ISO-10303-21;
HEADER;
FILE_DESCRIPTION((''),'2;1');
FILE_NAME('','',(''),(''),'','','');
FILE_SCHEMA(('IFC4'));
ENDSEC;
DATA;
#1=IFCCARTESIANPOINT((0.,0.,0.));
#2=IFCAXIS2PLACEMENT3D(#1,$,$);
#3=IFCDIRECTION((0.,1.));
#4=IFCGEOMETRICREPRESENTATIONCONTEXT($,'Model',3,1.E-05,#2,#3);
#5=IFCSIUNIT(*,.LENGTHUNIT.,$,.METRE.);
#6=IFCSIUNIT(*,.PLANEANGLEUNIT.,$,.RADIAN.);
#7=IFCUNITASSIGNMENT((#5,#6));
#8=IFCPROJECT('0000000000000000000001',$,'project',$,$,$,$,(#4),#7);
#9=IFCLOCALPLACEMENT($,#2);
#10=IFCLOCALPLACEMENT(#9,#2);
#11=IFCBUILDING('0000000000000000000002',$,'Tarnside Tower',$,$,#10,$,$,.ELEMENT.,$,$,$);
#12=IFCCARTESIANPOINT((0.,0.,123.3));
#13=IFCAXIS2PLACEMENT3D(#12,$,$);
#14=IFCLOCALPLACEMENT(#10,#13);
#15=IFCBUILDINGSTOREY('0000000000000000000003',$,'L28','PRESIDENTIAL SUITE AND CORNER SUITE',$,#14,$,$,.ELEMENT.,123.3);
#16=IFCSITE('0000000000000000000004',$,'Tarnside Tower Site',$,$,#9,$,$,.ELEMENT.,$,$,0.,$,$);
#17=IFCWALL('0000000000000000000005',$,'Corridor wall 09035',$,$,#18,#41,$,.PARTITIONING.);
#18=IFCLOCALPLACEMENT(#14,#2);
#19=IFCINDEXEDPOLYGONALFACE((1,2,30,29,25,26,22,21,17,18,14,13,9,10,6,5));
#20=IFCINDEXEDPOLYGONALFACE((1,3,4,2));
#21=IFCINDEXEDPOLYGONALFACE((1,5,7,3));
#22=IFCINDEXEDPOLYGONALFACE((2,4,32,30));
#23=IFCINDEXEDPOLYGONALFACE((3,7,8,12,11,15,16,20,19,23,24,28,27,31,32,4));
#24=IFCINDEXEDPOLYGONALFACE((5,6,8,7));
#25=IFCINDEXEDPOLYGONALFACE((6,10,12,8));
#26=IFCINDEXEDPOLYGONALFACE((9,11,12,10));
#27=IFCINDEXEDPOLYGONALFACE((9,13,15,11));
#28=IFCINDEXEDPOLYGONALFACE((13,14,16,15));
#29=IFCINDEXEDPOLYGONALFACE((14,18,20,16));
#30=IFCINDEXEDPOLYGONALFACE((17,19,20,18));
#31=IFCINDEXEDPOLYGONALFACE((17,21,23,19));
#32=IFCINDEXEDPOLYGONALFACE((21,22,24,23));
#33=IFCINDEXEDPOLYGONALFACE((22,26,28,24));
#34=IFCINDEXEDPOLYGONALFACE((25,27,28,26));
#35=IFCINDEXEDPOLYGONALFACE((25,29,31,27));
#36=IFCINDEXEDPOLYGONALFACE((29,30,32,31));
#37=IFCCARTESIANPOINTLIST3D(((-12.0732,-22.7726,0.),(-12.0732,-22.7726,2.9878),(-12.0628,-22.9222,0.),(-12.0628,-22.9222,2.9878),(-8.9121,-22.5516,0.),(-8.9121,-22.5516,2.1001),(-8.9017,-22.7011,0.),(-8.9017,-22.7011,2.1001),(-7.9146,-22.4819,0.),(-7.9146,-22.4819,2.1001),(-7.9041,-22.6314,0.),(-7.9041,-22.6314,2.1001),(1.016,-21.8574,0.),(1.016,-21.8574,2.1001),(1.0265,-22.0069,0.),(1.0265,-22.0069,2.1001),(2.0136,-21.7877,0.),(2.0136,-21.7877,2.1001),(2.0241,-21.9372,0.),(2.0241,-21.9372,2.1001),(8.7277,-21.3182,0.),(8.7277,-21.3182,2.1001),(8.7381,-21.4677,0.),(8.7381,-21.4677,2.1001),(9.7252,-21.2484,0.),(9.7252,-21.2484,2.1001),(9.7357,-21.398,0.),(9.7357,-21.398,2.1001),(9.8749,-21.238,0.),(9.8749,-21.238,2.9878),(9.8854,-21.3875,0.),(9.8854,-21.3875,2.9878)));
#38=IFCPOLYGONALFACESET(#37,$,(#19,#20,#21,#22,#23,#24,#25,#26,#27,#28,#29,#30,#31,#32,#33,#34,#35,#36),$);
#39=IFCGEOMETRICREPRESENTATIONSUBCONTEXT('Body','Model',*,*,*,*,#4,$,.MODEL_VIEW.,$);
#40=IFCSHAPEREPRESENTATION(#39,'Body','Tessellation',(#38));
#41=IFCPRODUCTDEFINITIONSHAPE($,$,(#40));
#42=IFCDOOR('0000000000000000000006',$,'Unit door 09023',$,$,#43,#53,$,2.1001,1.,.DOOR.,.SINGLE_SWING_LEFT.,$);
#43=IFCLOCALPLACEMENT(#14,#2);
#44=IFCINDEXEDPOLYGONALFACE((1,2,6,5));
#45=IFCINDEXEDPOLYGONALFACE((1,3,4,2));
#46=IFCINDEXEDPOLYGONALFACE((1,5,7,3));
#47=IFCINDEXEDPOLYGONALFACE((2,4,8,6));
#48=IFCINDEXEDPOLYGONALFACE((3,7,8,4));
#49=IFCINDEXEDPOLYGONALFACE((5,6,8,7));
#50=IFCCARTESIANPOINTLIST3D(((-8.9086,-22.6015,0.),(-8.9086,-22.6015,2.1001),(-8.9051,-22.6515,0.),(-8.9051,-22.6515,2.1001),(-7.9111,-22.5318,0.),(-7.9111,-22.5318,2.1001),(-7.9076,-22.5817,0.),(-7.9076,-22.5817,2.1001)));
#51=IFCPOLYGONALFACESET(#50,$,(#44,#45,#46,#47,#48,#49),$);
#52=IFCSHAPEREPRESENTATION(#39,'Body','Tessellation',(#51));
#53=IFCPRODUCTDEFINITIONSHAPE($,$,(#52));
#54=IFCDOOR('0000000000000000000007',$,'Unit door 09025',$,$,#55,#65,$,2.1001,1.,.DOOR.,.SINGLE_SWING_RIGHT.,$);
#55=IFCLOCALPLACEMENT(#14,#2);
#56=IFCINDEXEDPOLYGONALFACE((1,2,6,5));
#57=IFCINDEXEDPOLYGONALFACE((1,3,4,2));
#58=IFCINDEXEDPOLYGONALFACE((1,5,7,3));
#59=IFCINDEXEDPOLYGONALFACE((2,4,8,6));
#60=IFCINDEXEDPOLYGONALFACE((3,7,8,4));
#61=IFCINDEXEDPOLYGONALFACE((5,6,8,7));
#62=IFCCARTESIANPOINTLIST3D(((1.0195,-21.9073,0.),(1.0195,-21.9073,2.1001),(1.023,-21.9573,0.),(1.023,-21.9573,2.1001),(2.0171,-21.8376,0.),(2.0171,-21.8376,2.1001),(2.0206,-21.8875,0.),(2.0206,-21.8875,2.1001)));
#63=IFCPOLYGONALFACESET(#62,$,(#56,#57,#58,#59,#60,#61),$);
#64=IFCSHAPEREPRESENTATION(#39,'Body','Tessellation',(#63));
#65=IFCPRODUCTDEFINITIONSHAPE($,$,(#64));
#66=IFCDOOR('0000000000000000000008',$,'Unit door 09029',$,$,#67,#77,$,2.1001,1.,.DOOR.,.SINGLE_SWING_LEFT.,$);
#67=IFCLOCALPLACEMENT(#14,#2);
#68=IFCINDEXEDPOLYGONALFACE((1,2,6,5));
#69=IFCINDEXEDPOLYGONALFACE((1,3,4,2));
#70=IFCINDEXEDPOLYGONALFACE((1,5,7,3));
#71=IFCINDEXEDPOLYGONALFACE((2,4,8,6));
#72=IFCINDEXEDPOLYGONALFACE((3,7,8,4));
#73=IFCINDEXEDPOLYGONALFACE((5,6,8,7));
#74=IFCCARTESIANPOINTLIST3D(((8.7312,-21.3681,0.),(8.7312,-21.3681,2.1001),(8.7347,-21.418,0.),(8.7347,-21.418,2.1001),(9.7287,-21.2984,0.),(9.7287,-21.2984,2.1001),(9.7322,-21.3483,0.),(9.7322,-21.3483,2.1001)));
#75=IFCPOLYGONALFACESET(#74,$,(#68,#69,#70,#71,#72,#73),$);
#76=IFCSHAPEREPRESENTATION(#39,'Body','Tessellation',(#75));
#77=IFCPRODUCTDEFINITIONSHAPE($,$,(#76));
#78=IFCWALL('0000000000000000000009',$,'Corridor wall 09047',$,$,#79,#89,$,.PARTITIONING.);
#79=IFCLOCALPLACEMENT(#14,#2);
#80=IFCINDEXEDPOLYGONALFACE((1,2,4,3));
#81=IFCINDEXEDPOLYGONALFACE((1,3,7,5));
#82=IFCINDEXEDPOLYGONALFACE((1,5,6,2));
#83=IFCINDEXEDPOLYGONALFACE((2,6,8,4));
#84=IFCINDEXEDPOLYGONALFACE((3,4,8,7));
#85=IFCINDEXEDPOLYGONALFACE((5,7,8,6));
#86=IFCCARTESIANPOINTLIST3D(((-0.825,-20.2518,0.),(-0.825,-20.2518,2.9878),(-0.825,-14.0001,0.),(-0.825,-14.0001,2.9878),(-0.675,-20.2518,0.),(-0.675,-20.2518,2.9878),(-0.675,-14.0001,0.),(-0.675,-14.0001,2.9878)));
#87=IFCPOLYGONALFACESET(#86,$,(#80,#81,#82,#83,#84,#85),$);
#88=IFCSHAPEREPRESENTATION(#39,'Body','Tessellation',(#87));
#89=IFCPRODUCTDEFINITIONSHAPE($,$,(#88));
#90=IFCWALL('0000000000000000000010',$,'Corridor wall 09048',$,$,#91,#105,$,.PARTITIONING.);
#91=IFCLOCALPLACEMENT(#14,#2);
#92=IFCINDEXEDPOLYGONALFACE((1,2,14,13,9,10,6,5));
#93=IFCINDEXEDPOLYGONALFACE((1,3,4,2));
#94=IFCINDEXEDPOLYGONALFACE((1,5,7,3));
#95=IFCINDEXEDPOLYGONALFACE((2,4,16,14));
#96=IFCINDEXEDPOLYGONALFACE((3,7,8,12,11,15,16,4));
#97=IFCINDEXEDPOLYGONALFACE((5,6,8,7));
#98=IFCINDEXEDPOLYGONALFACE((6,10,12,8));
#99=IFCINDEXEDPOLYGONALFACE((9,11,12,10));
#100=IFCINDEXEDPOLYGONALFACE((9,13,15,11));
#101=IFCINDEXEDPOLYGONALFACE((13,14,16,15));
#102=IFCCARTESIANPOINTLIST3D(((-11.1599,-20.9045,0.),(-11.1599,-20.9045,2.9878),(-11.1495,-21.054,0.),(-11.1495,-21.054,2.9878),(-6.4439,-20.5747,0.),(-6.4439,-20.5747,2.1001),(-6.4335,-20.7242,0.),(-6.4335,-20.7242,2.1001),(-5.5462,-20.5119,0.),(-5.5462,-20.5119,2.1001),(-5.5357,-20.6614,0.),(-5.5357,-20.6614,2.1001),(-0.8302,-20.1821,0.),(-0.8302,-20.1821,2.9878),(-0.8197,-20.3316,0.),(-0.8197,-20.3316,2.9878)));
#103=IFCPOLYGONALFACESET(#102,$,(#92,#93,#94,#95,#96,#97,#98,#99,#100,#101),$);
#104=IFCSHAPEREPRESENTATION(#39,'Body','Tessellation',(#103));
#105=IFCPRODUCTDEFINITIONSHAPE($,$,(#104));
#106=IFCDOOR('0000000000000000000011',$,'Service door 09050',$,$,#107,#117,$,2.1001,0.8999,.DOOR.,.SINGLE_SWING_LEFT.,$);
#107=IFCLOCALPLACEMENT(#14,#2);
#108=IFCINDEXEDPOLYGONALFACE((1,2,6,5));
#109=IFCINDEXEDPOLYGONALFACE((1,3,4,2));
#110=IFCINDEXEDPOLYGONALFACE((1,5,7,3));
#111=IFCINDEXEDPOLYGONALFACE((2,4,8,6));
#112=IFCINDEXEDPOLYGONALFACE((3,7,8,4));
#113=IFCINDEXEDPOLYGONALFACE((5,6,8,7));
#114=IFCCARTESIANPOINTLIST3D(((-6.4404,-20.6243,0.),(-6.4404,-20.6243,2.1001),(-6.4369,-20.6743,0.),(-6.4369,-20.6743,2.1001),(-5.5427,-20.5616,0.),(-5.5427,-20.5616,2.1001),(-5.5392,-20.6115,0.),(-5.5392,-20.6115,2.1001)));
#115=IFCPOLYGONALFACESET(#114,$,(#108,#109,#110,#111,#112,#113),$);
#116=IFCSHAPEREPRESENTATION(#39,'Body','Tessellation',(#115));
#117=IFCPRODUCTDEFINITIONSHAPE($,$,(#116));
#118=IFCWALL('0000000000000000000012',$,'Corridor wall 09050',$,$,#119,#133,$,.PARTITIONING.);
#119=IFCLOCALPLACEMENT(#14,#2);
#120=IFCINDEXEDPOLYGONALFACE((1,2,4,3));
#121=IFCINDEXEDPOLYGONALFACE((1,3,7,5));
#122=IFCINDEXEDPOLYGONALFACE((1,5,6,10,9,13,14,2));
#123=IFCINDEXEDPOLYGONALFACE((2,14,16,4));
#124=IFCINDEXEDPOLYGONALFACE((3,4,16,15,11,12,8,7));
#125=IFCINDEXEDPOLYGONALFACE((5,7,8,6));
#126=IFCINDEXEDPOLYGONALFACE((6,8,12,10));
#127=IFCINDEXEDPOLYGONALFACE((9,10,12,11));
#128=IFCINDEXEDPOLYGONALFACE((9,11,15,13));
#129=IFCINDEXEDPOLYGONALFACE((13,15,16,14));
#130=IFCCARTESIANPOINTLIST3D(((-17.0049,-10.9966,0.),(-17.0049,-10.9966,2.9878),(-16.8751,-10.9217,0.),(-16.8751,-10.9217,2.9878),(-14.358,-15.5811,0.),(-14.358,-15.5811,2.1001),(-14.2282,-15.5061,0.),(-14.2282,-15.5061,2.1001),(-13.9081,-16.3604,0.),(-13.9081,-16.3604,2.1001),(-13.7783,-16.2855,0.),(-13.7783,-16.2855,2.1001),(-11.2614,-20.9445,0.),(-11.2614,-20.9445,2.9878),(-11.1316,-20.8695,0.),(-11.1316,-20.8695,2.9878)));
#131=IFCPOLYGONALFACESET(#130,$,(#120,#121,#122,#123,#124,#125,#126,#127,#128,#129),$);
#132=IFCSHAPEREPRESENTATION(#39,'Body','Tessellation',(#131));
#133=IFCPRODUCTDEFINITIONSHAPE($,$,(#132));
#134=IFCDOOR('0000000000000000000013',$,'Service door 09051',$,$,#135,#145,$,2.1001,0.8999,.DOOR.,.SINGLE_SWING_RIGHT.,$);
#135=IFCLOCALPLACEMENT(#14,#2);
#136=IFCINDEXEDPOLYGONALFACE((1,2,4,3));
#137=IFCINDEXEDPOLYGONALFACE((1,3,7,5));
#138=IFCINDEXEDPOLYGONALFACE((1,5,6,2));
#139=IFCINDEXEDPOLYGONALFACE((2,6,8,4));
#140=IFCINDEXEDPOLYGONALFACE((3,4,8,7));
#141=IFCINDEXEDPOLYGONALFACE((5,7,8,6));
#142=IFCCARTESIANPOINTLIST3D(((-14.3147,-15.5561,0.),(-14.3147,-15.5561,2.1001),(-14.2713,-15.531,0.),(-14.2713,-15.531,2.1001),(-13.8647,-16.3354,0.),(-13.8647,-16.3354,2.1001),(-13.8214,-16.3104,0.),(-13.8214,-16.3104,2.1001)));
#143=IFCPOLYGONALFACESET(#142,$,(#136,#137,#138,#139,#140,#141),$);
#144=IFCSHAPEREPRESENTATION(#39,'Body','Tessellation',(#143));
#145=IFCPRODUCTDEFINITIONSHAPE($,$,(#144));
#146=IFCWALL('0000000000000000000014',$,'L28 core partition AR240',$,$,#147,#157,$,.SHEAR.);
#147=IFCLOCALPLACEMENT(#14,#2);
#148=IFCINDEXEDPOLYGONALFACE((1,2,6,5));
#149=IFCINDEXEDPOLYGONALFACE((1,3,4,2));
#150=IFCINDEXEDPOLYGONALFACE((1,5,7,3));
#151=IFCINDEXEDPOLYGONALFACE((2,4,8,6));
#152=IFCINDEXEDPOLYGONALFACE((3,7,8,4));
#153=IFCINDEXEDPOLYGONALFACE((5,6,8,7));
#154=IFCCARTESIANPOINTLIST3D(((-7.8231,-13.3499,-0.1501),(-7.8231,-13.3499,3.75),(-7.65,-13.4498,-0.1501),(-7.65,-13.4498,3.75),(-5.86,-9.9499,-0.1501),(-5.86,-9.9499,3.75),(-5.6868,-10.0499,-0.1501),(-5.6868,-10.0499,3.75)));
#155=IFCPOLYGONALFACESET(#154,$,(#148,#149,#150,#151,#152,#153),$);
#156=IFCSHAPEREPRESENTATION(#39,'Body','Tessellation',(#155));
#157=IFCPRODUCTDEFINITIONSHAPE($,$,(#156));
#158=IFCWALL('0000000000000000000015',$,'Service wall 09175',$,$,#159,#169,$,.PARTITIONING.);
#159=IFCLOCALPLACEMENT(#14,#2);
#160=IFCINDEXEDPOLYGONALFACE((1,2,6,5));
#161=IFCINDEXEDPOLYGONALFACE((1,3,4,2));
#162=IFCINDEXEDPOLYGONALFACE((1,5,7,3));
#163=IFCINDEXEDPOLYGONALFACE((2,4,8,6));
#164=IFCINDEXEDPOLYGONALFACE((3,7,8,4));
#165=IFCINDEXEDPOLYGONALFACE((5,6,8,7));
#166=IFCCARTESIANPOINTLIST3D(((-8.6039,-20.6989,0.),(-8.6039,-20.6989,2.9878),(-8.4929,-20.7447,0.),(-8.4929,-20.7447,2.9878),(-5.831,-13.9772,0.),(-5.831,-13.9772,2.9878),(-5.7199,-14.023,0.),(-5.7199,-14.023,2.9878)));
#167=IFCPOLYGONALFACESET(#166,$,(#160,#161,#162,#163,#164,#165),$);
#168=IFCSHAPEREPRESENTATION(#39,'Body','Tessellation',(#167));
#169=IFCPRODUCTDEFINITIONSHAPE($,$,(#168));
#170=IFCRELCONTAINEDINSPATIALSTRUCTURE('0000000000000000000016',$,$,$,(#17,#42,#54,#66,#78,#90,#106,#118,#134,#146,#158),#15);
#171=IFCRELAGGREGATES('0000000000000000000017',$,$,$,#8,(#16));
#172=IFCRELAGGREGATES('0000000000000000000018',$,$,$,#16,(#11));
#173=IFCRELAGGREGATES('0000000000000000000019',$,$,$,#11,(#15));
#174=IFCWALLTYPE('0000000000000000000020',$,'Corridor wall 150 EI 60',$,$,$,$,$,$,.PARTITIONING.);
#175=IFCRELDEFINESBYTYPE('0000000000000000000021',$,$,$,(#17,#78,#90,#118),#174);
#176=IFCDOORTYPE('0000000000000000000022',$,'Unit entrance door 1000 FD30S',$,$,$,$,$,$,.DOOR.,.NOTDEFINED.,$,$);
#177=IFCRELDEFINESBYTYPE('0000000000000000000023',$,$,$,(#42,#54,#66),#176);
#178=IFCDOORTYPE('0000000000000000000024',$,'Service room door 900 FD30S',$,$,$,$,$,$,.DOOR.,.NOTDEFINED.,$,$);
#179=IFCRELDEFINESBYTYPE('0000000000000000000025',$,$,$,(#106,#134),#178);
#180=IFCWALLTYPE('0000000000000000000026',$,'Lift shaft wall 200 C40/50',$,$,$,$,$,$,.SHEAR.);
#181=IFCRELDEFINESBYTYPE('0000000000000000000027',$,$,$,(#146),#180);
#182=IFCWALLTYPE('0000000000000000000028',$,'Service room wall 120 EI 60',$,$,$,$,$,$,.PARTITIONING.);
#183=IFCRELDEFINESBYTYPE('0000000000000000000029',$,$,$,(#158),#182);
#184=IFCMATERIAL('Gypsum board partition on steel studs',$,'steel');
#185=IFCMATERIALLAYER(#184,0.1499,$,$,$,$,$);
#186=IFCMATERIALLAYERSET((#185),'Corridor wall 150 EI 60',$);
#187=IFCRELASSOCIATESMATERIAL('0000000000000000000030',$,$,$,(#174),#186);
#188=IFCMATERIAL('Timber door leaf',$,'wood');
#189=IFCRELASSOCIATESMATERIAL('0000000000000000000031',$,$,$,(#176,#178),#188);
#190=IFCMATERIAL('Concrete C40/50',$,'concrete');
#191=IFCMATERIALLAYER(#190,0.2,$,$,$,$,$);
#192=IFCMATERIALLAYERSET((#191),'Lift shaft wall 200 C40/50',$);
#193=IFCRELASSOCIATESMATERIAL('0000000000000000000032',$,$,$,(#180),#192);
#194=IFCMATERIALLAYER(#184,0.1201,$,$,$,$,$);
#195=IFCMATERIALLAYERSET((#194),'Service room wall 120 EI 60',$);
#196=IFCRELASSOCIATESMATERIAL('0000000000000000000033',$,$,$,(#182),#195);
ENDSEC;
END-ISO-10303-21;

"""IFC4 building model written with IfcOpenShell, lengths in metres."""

from ifc_helpers import new_model, si_unit, direction, frame, frame_2d, origin, place, context, subcontext, project, spatial, rectangle, extrude, material, layer, layer_set, type_object, element, fill, save


model = new_model("IFC4")

# Units and contexts
model_context = context("Model", 3, precision=1e-05, world=origin(), true_north=direction((0.0, 1.0)))
body_context = subcontext(model_context, "Body", "Model", "MODEL_VIEW")
ifc_project = project(units=[si_unit("LENGTHUNIT", "METRE"), si_unit("PLANEANGLEUNIT", "RADIAN")], contexts=[model_context])

# Site, building, storey
site_placement = place(None, origin())
site = spatial("IfcSite", under=ifc_project, at=site_placement, Name="Tarnside Tower Site", CompositionType="ELEMENT", RefElevation=0.0)
building_placement = place(site_placement, origin())
building = spatial("IfcBuilding", under=site, at=building_placement, Name="Tarnside Tower", CompositionType="ELEMENT")
storey_placement = place(building_placement, frame((0.0, 0.0, 123.3)))
storey = spatial("IfcBuildingStorey", under=building, at=storey_placement, Name="L28", Description="PRESIDENTIAL SUITE AND CORNER SUITE", CompositionType="ELEMENT", Elevation=123.3)

# Shared definitions
ifc_material_1 = material(Name="Gypsum board partition on steel studs", Category="steel")

# Shared definitions
ifc_material_2 = material(Name="Timber door leaf", Category="wood")

# Wall, openings, doors
ifc_layer_1 = layer(ifc_material_1, 0.1499)
ifc_layer_set_1 = layer_set([ifc_layer_1], Name="Corridor wall 150 EI 60")
wall_type_1 = type_object("IfcWallType", Name="Corridor wall 150 EI 60", PredefinedType="PARTITIONING", material=ifc_layer_set_1)
wall_1_placement = place(storey_placement, frame((-12.0681, -22.8474, 0.0), z_axis=(0.0, 0.0, 1.0), x_axis=(0.997564, 0.069752, 0.0)))
wall_1 = element("IfcWall", 1, at=wall_1_placement, inside=storey, type_object=wall_type_1, Name="Corridor wall 09035", PredefinedType="PARTITIONING", context=body_context, shape_type="SweptSolid", body=[
    extrude(rectangle(XDim=22.0017, YDim=0.1499, at=frame_2d((11.001, 0.0))), origin(), (0.0, 0.0, 1.0), 2.9878),
])
opening_1_placement = place(wall_1_placement, frame((3.1689, 0.0, 0.0)))
opening_1 = element("IfcOpeningElement", 2, at=opening_1_placement, cuts=wall_1, PredefinedType="OPENING", context=body_context, shape_type="SweptSolid", body=[
    extrude(rectangle(XDim=1.0, YDim=2.1001, at=frame_2d((0.5, 1.05))), frame((0.0, 0.085, 0.0), z_axis=(0.0, -1.0, 0.0), x_axis=(1.0, 0.0, 0.0)), (0.0, 0.0, 1.0), 0.1699),
])
opening_2_placement = place(wall_1_placement, frame((13.1213, 0.0, 0.0)))
opening_2 = element("IfcOpeningElement", 3, at=opening_2_placement, cuts=wall_1, PredefinedType="OPENING", context=body_context, shape_type="SweptSolid", body=[
    extrude(rectangle(XDim=1.0, YDim=2.1001, at=frame_2d((0.5, 1.05))), frame((0.0, 0.085, 0.0), z_axis=(0.0, -1.0, 0.0), x_axis=(1.0, 0.0, 0.0)), (0.0, 0.0, 1.0), 0.1699),
])
opening_3_placement = place(wall_1_placement, frame((20.8518, 0.0, 0.0)))
opening_3 = element("IfcOpeningElement", 4, at=opening_3_placement, cuts=wall_1, PredefinedType="OPENING", context=body_context, shape_type="SweptSolid", body=[
    extrude(rectangle(XDim=1.0, YDim=2.1001, at=frame_2d((0.5, 1.05))), frame((0.0, 0.085, 0.0), z_axis=(0.0, -1.0, 0.0), x_axis=(1.0, 0.0, 0.0)), (0.0, 0.0, 1.0), 0.1699),
])
door_type_1 = type_object("IfcDoorType", Name="Unit entrance door 1000 FD30S", OperationType="NOTDEFINED", PredefinedType="DOOR", material=ifc_material_2)
door_1_placement = place(opening_1_placement, origin())
door_1 = element("IfcDoor", 5, at=door_1_placement, inside=storey, type_object=door_type_1, Name="Unit door 09023", OperationType="SINGLE_SWING_LEFT", OverallHeight=2.1001, OverallWidth=1.0, PredefinedType="DOOR", context=body_context, shape_type="SweptSolid", body=[
    extrude(rectangle(XDim=1.0, YDim=2.1001, at=frame_2d((0.5, 1.05))), frame((0.0, 0.0249, 0.0), z_axis=(0.0, -1.0, 0.0), x_axis=(1.0, 0.0, 0.0)), (0.0, 0.0, 1.0), 0.05),
])
fill(opening_1, door_1)
door_2_placement = place(opening_2_placement, origin())
door_2 = element("IfcDoor", 6, at=door_2_placement, inside=storey, type_object=door_type_1, Name="Unit door 09025", OperationType="SINGLE_SWING_RIGHT", OverallHeight=2.1001, OverallWidth=1.0, PredefinedType="DOOR", context=body_context, shape_type="SweptSolid", body=[
    extrude(rectangle(XDim=1.0, YDim=2.1001, at=frame_2d((0.5, 1.05))), frame((0.0, 0.0249, 0.0), z_axis=(0.0, -1.0, 0.0), x_axis=(1.0, 0.0, 0.0)), (0.0, 0.0, 1.0), 0.05),
])
fill(opening_2, door_2)
door_3_placement = place(opening_3_placement, origin())
door_3 = element("IfcDoor", 7, at=door_3_placement, inside=storey, type_object=door_type_1, Name="Unit door 09029", OperationType="SINGLE_SWING_LEFT", OverallHeight=2.1001, OverallWidth=1.0, PredefinedType="DOOR", context=body_context, shape_type="SweptSolid", body=[
    extrude(rectangle(XDim=1.0, YDim=2.1001, at=frame_2d((0.5, 1.05))), frame((0.0, 0.0249, 0.0), z_axis=(0.0, -1.0, 0.0), x_axis=(1.0, 0.0, 0.0)), (0.0, 0.0, 1.0), 0.05),
])
fill(opening_3, door_3)

# Wall
wall_2_placement = place(storey_placement, frame((-0.75, -14.0, 0.0), z_axis=(0.0, 0.0, 1.0), x_axis=(0.0, -1.0, 0.0)))
element("IfcWall", 8, at=wall_2_placement, inside=storey, type_object=wall_type_1, Name="Corridor wall 09047", PredefinedType="PARTITIONING", context=body_context, shape_type="SweptSolid", body=[
    extrude(rectangle(XDim=6.2517, YDim=0.1499, at=frame_2d((3.126, 0.0))), origin(), (0.0, 0.0, 1.0), 2.9878),
])

# Walls, openings, doors
wall_3_placement = place(storey_placement, frame((-0.825, -20.2568, 0.0), z_axis=(0.0, 0.0, 1.0), x_axis=(-0.997564, -0.069764, 0.0)))
wall_3 = element("IfcWall", 9, at=wall_3_placement, inside=storey, type_object=wall_type_1, Name="Corridor wall 09048", PredefinedType="PARTITIONING", context=body_context, shape_type="SweptSolid", body=[
    extrude(rectangle(XDim=10.355, YDim=0.1499, at=frame_2d((5.1775, 0.0))), origin(), (0.0, 0.0, 1.0), 2.9878),
])
opening_4_placement = place(wall_3_placement, frame((4.7275, 0.0, 0.0)))
opening_4 = element("IfcOpeningElement", 10, at=opening_4_placement, cuts=wall_3, PredefinedType="OPENING", context=body_context, shape_type="SweptSolid", body=[
    extrude(rectangle(XDim=0.8999, YDim=2.1001, at=frame_2d((0.45, 1.05))), frame((0.0, 0.085, 0.0), z_axis=(0.0, -1.0, 0.0), x_axis=(1.0, 0.0, 0.0)), (0.0, 0.0, 1.0), 0.1699),
])
door_type_2 = type_object("IfcDoorType", Name="Service room door 900 FD30S", OperationType="NOTDEFINED", PredefinedType="DOOR", material=ifc_material_2)
door_4_placement = place(opening_4_placement, origin())
door_4 = element("IfcDoor", 11, at=door_4_placement, inside=storey, type_object=door_type_2, Name="Service door 09050", OperationType="SINGLE_SWING_LEFT", OverallHeight=2.1001, OverallWidth=0.8999, PredefinedType="DOOR", context=body_context, shape_type="SweptSolid", body=[
    extrude(rectangle(XDim=0.8999, YDim=2.1001, at=frame_2d((0.45, 1.05))), frame((0.0, 0.0249, 0.0), z_axis=(0.0, -1.0, 0.0), x_axis=(1.0, 0.0, 0.0)), (0.0, 0.0, 1.0), 0.05),
])
fill(opening_4, door_4)
wall_4_placement = place(storey_placement, frame((-11.1965, -20.907, 0.0), z_axis=(0.0, 0.0, 1.0), x_axis=(-0.500005, 0.866023, 0.0)))
wall_4 = element("IfcWall", 12, at=wall_4_placement, inside=storey, type_object=wall_type_1, Name="Corridor wall 09050", PredefinedType="PARTITIONING", context=body_context, shape_type="SweptSolid", body=[
    extrude(rectangle(XDim=11.4868, YDim=0.1499, at=frame_2d((5.7434, 0.0))), origin(), (0.0, 0.0, 1.0), 2.9878),
])
opening_5_placement = place(wall_4_placement, frame((5.2932, 0.0, 0.0)))
opening_5 = element("IfcOpeningElement", 13, at=opening_5_placement, cuts=wall_4, PredefinedType="OPENING", context=body_context, shape_type="SweptSolid", body=[
    extrude(rectangle(XDim=0.8999, YDim=2.1001, at=frame_2d((0.45, 1.05))), frame((0.0, 0.085, 0.0), z_axis=(0.0, -1.0, 0.0), x_axis=(1.0, 0.0, 0.0)), (0.0, 0.0, 1.0), 0.1699),
])
door_5_placement = place(opening_5_placement, origin())
door_5 = element("IfcDoor", 14, at=door_5_placement, inside=storey, type_object=door_type_2, Name="Service door 09051", OperationType="SINGLE_SWING_RIGHT", OverallHeight=2.1001, OverallWidth=0.8999, PredefinedType="DOOR", context=body_context, shape_type="SweptSolid", body=[
    extrude(rectangle(XDim=0.8999, YDim=2.1001, at=frame_2d((0.45, 1.05))), frame((0.0, 0.0249, 0.0), z_axis=(0.0, -1.0, 0.0), x_axis=(1.0, 0.0, 0.0)), (0.0, 0.0, 1.0), 0.05),
])
fill(opening_5, door_5)

# Walls
ifc_material_3 = material(Name="Concrete C40/50", Category="concrete")
ifc_layer_2 = layer(ifc_material_3, 0.2)
ifc_layer_set_2 = layer_set([ifc_layer_2], Name="Lift shaft wall 200 C40/50")
wall_type_2 = type_object("IfcWallType", Name="Lift shaft wall 200 C40/50", PredefinedType="SHEAR", material=ifc_layer_set_2)
wall_5_placement = place(storey_placement, frame((-5.7734, -10.0, -0.1501), z_axis=(0.0, 0.0, 1.0), x_axis=(-0.500038, -0.866003, 0.0)))
element("IfcWall", 15, at=wall_5_placement, inside=storey, type_object=wall_type_2, Name="L28 core partition AR240", PredefinedType="SHEAR", context=body_context, shape_type="SweptSolid", body=[
    extrude(rectangle(XDim=3.926, YDim=0.2, at=frame_2d((1.9629, 0.0))), origin(), (0.0, 0.0, 1.0), 3.9001),
])
ifc_layer_3 = layer(ifc_material_1, 0.1201)
ifc_layer_set_3 = layer_set([ifc_layer_3], Name="Service room wall 120 EI 60")
wall_type_3 = type_object("IfcWallType", Name="Service room wall 120 EI 60", PredefinedType="PARTITIONING", material=ifc_layer_set_3)
wall_6_placement = place(storey_placement, frame((-5.7754, -14.0, 0.0), z_axis=(0.0, 0.0, 1.0), x_axis=(-0.381361, -0.924426, 0.0)))
element("IfcWall", 16, at=wall_6_placement, inside=storey, type_object=wall_type_3, Name="Service wall 09175", PredefinedType="PARTITIONING", context=body_context, shape_type="SweptSolid", body=[
    extrude(rectangle(XDim=7.2712, YDim=0.1201, at=frame_2d((3.6357, 0.0))), origin(), (0.0, 0.0, 1.0), 2.9878),
])

save(model, "model.ifc")
